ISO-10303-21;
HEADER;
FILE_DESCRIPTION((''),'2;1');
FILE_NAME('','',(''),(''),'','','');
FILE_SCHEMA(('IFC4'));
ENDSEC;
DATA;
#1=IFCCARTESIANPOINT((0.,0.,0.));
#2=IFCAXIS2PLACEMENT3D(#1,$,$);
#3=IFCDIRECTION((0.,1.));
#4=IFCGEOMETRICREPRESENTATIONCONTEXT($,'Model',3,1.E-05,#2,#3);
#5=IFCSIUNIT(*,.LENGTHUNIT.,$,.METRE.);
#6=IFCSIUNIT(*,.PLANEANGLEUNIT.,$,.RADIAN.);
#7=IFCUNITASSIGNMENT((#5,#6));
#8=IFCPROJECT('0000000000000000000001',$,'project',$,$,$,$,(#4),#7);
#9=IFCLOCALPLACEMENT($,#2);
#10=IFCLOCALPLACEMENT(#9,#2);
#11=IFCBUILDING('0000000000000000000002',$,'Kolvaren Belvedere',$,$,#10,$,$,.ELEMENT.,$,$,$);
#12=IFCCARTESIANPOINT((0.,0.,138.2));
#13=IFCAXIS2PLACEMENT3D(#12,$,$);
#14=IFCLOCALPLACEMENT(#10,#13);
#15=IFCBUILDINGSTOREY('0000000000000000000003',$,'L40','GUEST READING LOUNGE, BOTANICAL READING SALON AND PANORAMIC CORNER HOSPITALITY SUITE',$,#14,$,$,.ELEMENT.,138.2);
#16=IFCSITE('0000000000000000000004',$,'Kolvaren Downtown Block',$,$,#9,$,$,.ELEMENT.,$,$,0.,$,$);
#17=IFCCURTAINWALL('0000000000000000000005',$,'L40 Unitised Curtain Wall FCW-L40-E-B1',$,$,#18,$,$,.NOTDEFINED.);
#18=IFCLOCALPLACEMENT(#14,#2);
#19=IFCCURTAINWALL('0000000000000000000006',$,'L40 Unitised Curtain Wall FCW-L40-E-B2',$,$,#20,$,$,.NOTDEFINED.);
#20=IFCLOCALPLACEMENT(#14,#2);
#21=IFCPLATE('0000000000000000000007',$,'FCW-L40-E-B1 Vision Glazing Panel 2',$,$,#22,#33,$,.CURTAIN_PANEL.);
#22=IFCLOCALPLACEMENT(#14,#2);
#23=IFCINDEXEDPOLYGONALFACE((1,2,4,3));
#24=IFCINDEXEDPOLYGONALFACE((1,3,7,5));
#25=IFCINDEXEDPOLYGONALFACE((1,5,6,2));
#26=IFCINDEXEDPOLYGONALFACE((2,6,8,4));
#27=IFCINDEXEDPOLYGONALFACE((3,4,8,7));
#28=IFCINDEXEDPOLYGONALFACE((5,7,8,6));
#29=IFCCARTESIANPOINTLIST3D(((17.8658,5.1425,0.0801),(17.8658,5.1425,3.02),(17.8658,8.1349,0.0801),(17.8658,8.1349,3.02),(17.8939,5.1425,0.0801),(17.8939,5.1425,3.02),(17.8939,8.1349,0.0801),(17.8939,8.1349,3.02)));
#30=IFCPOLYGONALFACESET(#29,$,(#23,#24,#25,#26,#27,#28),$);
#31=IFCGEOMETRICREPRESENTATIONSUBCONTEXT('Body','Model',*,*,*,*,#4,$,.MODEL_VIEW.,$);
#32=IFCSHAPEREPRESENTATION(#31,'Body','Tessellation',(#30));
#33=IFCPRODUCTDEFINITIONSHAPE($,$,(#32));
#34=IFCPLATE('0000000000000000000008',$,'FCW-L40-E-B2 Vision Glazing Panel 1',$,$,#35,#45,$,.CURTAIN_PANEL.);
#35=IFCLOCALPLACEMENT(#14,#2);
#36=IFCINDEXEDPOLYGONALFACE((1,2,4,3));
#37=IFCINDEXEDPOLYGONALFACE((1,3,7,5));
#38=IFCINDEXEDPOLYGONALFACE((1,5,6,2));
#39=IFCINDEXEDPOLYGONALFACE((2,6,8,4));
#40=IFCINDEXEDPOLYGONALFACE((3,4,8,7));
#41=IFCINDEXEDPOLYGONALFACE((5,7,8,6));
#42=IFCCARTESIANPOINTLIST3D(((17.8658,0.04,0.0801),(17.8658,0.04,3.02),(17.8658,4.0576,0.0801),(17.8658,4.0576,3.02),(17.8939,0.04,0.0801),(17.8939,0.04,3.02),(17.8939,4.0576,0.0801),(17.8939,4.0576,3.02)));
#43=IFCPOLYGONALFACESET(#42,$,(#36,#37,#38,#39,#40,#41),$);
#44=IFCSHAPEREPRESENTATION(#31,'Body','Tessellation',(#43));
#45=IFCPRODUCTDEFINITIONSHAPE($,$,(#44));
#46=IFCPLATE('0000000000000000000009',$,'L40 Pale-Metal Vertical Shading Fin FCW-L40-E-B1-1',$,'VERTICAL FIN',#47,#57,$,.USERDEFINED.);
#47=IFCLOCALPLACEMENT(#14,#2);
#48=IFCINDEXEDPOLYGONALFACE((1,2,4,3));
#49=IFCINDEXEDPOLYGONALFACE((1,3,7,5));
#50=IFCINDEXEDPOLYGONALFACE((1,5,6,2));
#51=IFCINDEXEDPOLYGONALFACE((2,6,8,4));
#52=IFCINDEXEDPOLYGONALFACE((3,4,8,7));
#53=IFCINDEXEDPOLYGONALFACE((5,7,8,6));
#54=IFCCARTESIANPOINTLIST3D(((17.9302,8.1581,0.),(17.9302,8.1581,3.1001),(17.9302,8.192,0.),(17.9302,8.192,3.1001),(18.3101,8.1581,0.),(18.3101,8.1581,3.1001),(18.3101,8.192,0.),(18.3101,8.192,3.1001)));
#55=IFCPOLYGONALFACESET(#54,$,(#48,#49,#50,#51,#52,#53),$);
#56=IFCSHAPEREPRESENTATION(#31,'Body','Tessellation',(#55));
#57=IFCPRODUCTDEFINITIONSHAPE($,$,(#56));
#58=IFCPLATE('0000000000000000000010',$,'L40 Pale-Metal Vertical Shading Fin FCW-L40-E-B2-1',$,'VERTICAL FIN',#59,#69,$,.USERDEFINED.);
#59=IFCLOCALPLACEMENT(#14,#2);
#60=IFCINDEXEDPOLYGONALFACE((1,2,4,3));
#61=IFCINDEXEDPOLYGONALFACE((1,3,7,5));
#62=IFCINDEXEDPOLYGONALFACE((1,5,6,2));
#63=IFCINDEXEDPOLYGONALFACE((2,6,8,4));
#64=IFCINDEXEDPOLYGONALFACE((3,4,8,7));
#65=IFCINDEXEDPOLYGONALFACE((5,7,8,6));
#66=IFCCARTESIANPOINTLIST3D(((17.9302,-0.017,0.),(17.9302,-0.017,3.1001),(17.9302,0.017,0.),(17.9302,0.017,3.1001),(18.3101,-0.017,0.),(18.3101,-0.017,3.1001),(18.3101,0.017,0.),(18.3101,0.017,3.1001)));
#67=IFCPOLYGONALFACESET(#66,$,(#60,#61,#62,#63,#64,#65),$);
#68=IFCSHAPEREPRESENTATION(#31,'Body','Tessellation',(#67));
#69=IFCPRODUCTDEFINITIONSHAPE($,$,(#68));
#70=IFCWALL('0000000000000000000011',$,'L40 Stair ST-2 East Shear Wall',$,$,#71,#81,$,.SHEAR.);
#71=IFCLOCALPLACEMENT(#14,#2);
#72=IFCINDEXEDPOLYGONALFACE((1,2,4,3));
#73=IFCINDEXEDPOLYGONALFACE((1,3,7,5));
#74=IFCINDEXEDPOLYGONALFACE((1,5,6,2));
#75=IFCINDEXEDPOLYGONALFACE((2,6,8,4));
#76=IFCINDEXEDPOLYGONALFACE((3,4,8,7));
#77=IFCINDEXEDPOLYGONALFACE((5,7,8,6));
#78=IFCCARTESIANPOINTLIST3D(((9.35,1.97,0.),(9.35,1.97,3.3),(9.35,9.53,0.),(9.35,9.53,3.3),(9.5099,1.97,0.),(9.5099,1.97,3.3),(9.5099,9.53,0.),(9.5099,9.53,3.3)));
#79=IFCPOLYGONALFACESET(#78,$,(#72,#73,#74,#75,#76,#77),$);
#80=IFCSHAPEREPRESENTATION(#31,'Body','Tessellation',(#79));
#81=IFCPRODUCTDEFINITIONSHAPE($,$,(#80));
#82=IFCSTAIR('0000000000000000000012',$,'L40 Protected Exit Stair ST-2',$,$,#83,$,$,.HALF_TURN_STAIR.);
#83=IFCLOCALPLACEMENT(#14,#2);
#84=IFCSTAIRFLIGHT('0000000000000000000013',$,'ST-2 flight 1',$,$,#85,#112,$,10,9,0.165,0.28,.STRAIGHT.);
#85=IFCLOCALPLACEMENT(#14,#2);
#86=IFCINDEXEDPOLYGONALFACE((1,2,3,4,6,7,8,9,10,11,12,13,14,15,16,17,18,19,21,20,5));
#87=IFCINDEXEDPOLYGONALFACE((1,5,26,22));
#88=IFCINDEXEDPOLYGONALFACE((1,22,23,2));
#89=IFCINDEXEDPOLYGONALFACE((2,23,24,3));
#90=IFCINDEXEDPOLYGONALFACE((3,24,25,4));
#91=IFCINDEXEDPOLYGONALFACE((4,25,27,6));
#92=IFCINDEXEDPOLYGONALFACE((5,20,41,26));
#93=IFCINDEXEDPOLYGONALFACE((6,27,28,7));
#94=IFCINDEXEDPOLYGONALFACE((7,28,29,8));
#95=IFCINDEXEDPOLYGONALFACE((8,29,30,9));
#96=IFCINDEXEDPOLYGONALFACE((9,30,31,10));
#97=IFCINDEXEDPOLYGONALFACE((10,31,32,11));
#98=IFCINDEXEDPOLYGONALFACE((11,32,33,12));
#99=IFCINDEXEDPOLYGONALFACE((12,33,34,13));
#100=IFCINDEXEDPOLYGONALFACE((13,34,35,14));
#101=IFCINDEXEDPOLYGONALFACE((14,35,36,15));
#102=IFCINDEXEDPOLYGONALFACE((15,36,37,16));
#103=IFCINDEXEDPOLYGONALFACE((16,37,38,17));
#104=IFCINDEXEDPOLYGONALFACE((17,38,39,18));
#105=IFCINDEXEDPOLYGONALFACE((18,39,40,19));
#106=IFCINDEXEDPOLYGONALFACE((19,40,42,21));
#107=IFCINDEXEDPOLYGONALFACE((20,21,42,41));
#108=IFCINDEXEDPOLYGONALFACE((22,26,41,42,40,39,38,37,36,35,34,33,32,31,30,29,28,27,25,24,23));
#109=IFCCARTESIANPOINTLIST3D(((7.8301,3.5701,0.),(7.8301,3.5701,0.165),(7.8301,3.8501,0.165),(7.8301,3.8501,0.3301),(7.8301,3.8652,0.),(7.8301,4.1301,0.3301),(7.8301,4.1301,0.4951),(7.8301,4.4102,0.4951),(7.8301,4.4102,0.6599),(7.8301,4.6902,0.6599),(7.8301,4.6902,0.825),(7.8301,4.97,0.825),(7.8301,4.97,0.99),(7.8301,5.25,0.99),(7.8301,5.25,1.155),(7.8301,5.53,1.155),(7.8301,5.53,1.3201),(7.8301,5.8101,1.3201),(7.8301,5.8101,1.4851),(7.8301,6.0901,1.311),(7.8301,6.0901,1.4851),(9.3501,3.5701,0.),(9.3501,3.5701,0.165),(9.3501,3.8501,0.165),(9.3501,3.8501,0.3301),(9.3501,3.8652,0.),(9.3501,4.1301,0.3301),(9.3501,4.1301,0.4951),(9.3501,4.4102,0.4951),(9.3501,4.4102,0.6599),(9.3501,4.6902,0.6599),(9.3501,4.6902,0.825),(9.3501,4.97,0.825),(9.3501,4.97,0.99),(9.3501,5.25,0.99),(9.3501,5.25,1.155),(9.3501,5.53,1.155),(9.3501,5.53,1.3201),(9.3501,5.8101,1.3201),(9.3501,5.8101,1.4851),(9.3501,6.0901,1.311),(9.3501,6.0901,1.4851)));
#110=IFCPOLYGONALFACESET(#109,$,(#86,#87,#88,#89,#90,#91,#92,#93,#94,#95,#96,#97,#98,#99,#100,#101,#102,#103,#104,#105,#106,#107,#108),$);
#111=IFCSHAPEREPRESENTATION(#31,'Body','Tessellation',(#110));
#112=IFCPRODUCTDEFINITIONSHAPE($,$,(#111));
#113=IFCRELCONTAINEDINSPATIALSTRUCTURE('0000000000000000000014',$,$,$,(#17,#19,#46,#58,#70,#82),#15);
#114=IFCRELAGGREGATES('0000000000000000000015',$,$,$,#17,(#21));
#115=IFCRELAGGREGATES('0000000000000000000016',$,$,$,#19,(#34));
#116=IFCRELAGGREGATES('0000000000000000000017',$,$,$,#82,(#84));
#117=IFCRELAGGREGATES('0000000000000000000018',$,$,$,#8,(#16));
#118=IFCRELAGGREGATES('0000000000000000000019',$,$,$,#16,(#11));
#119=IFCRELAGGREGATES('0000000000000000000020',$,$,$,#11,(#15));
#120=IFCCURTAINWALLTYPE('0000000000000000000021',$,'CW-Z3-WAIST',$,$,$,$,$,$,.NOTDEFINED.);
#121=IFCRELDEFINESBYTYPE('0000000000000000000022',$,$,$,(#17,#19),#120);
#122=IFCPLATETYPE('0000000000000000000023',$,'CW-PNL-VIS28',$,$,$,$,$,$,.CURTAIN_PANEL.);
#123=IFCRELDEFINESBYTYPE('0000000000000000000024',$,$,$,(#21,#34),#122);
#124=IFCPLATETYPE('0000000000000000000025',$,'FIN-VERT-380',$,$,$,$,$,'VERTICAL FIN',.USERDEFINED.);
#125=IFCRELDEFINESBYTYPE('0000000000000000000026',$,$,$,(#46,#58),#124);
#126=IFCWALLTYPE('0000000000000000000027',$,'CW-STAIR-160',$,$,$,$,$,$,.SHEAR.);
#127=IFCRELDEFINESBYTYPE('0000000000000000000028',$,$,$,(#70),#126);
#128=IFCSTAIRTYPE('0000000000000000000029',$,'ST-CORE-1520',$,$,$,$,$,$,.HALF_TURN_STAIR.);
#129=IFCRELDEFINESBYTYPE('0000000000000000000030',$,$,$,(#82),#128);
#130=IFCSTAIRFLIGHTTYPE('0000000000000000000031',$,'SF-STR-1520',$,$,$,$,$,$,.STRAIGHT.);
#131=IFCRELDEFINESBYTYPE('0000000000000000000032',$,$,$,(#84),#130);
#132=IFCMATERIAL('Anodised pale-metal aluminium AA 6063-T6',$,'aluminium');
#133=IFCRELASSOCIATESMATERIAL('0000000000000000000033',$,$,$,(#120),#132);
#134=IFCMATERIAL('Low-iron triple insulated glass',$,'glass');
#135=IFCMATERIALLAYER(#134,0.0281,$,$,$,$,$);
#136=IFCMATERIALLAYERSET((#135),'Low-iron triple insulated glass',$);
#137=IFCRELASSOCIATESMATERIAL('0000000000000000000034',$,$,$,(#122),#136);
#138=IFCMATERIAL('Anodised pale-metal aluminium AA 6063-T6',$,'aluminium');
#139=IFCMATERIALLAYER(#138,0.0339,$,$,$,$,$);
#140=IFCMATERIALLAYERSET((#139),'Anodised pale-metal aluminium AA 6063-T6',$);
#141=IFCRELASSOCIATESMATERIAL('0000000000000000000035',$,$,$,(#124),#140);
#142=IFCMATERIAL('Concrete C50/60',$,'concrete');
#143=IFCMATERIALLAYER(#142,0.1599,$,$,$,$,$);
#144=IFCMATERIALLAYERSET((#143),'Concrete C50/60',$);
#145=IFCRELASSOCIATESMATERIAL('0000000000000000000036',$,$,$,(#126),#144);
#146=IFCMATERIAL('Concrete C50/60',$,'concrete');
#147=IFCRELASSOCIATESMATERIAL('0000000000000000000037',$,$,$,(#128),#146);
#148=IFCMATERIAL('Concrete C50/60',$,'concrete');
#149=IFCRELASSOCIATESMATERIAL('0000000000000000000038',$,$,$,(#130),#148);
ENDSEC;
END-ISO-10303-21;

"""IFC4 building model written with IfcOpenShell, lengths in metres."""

from ifc_helpers import new_model, si_unit, direction, frame, frame_2d, origin, origin_2d, place, context, subcontext, project, spatial, polyline, rectangle, outline, extrude, material, layer, layer_set, type_object, element, aggregate, save


model = new_model("IFC4")

# Units and contexts
model_context = context("Model", 3, precision=1e-05, world=origin(), true_north=direction((0.0, 1.0)))
body_context = subcontext(model_context, "Body", "Model", "MODEL_VIEW")
ifc_project = project(units=[si_unit("LENGTHUNIT", "METRE"), si_unit("PLANEANGLEUNIT", "RADIAN")], contexts=[model_context])

# Site, building, storey
site_placement = place(None, origin())
site = spatial("IfcSite", under=ifc_project, at=site_placement, Name="Kolvaren Downtown Block", CompositionType="ELEMENT", RefElevation=0.0)
building_placement = place(site_placement, origin())
building = spatial("IfcBuilding", under=site, at=building_placement, Name="Kolvaren Belvedere", CompositionType="ELEMENT")
storey_placement = place(building_placement, frame((0.0, 0.0, 138.2)))
storey = spatial("IfcBuildingStorey", under=building, at=storey_placement, Name="L40", Description="GUEST READING LOUNGE, BOTANICAL READING SALON AND PANORAMIC CORNER HOSPITALITY SUITE", CompositionType="ELEMENT", Elevation=138.2)

# Curtain walls
ifc_material_1 = material(Name="Anodised pale-metal aluminium AA 6063-T6", Category="aluminium")
curtain_wall_type = type_object("IfcCurtainWallType", Name="CW-Z3-WAIST", PredefinedType="NOTDEFINED", material=ifc_material_1)
curtain_wall_1_placement = place(storey_placement, origin())
curtain_wall_1 = element("IfcCurtainWall", 1, at=curtain_wall_1_placement, inside=storey, type_object=curtain_wall_type, Name="L40 Unitised Curtain Wall FCW-L40-E-B1", PredefinedType="NOTDEFINED")
curtain_wall_2_placement = place(storey_placement, origin())
curtain_wall_2 = element("IfcCurtainWall", 2, at=curtain_wall_2_placement, inside=storey, type_object=curtain_wall_type, Name="L40 Unitised Curtain Wall FCW-L40-E-B2", PredefinedType="NOTDEFINED")

# Plates
ifc_material_2 = material(Name="Low-iron triple insulated glass", Category="glass")
ifc_layer_1 = layer(ifc_material_2, 0.0281)
ifc_layer_set_1 = layer_set([ifc_layer_1], Name="Low-iron triple insulated glass")
plate_type_1 = type_object("IfcPlateType", Name="CW-PNL-VIS28", PredefinedType="CURTAIN_PANEL", material=ifc_layer_set_1)
plate_1_placement = place(storey_placement, frame((17.8799, 6.6387, 0.0801), z_axis=(0.0, 0.0, 1.0), x_axis=(0.0, -1.0, 0.0)))
plate_1 = element("IfcPlate", 3, at=plate_1_placement, type_object=plate_type_1, Name="FCW-L40-E-B1 Vision Glazing Panel 2", PredefinedType="CURTAIN_PANEL", context=body_context, shape_type="SweptSolid", body=[
    extrude(rectangle(XDim=2.9924, YDim=0.0281, at=origin_2d()), origin(), (0.0, 0.0, 1.0), 2.9399),
])
aggregate(curtain_wall_1, [plate_1])
plate_2_placement = place(storey_placement, frame((17.8799, 2.0488, 0.0801), z_axis=(0.0, 0.0, 1.0), x_axis=(0.0, -1.0, 0.0)))
plate_2 = element("IfcPlate", 4, at=plate_2_placement, type_object=plate_type_1, Name="FCW-L40-E-B2 Vision Glazing Panel 1", PredefinedType="CURTAIN_PANEL", context=body_context, shape_type="SweptSolid", body=[
    extrude(rectangle(XDim=4.0176, YDim=0.0281, at=origin_2d()), origin(), (0.0, 0.0, 1.0), 2.9399),
])
aggregate(curtain_wall_2, [plate_2])

# Plates
ifc_material_3 = material(Name="Anodised pale-metal aluminium AA 6063-T6", Category="aluminium")
ifc_layer_2 = layer(ifc_material_3, 0.0339)
ifc_layer_set_2 = layer_set([ifc_layer_2], Name="Anodised pale-metal aluminium AA 6063-T6")
plate_type_2 = type_object("IfcPlateType", Name="FIN-VERT-380", ElementType="VERTICAL FIN", PredefinedType="USERDEFINED", material=ifc_layer_set_2)
for number, where, z_axis, x_axis, name in (
    (5, (18.1201, 8.175, 0.0), (0.0, 0.0, 1.0), (1.0, 0.0, 0.0), "L40 Pale-Metal Vertical Shading Fin FCW-L40-E-B1-1"),
    (6, (18.1201, 0.0, 0.0), (0.0, 0.0, 1.0), (1.0, 0.0, 0.0), "L40 Pale-Metal Vertical Shading Fin FCW-L40-E-B2-1"),
):
    element("IfcPlate", number, at=place(storey_placement, frame(where, z_axis=z_axis, x_axis=x_axis)), inside=storey, type_object=plate_type_2, Name=name, ObjectType="VERTICAL FIN", PredefinedType="USERDEFINED", context=body_context, shape_type="SweptSolid", body=[
        extrude(rectangle(XDim=0.3799, YDim=0.0339, at=origin_2d()), origin(), (0.0, 0.0, 1.0), 3.1001),
    ])

# Wall
ifc_material_4 = material(Name="Concrete C50/60", Category="concrete")
ifc_layer_3 = layer(ifc_material_4, 0.1599)
ifc_layer_set_3 = layer_set([ifc_layer_3], Name="Concrete C50/60")
wall_type = type_object("IfcWallType", Name="CW-STAIR-160", PredefinedType="SHEAR", material=ifc_layer_set_3)
wall_placement = place(storey_placement, frame((9.4299, 1.97, 0.0), z_axis=(0.0, 0.0, 1.0), x_axis=(0.0, 1.0, 0.0)))
element("IfcWall", 7, at=wall_placement, inside=storey, type_object=wall_type, Name="L40 Stair ST-2 East Shear Wall", PredefinedType="SHEAR", context=body_context, shape_type="SweptSolid", body=[
    extrude(rectangle(XDim=7.5601, YDim=0.1599, at=frame_2d((3.78, 0.0))), origin(), (0.0, 0.0, 1.0), 3.3),
])

# Stair, stair flight
ifc_material_5 = material(Name="Concrete C50/60", Category="concrete")
stair_type = type_object("IfcStairType", Name="ST-CORE-1520", PredefinedType="HALF_TURN_STAIR", material=ifc_material_5)
stair_placement = place(storey_placement, origin())
stair = element("IfcStair", 8, at=stair_placement, inside=storey, type_object=stair_type, Name="L40 Protected Exit Stair ST-2", PredefinedType="HALF_TURN_STAIR")
ifc_material_6 = material(Name="Concrete C50/60", Category="concrete")
stair_flight_type = type_object("IfcStairFlightType", Name="SF-STR-1520", PredefinedType="STRAIGHT", material=ifc_material_6)
stair_flight_placement = place(storey_placement, frame((8.5901, 3.5701, 0.0), z_axis=(0.0, 0.0, 1.0), x_axis=(0.0, 1.0, 0.0)))
stair_flight = element("IfcStairFlight", 9, at=stair_flight_placement, type_object=stair_flight_type, Name="ST-2 flight 1", NumberOfRisers=10, NumberOfTreads=9, PredefinedType="STRAIGHT", RiserHeight=0.165, TreadLength=0.28, context=body_context, shape_type="SweptSolid", body=[
    extrude(outline(polyline([(0.0, 0.0), (0.0, 0.165), (0.28, 0.165), (0.28, 0.3301), (0.5601, 0.3301), (0.5601, 0.4951), (0.8401, 0.4951), (0.8401, 0.6599), (1.1201, 0.6599), (1.1201, 0.825), (1.3999, 0.825), (1.3999, 0.99), (1.6799, 0.99), (1.6799, 1.155), (1.96, 1.155), (1.96, 1.3201), (2.24, 1.3201), (2.24, 1.4851), (2.52, 1.4851), (2.52, 1.6499), (2.52, 1.311), (0.2952, 0.0), (0.0, 0.0)])), frame((0.0, 0.76, 0.0), z_axis=(0.0, -1.0, 0.0), x_axis=(1.0, 0.0, 0.0)), (0.0, 0.0, 1.0), 1.52),
])
aggregate(stair, [stair_flight])

save(model, "model.ifc")
